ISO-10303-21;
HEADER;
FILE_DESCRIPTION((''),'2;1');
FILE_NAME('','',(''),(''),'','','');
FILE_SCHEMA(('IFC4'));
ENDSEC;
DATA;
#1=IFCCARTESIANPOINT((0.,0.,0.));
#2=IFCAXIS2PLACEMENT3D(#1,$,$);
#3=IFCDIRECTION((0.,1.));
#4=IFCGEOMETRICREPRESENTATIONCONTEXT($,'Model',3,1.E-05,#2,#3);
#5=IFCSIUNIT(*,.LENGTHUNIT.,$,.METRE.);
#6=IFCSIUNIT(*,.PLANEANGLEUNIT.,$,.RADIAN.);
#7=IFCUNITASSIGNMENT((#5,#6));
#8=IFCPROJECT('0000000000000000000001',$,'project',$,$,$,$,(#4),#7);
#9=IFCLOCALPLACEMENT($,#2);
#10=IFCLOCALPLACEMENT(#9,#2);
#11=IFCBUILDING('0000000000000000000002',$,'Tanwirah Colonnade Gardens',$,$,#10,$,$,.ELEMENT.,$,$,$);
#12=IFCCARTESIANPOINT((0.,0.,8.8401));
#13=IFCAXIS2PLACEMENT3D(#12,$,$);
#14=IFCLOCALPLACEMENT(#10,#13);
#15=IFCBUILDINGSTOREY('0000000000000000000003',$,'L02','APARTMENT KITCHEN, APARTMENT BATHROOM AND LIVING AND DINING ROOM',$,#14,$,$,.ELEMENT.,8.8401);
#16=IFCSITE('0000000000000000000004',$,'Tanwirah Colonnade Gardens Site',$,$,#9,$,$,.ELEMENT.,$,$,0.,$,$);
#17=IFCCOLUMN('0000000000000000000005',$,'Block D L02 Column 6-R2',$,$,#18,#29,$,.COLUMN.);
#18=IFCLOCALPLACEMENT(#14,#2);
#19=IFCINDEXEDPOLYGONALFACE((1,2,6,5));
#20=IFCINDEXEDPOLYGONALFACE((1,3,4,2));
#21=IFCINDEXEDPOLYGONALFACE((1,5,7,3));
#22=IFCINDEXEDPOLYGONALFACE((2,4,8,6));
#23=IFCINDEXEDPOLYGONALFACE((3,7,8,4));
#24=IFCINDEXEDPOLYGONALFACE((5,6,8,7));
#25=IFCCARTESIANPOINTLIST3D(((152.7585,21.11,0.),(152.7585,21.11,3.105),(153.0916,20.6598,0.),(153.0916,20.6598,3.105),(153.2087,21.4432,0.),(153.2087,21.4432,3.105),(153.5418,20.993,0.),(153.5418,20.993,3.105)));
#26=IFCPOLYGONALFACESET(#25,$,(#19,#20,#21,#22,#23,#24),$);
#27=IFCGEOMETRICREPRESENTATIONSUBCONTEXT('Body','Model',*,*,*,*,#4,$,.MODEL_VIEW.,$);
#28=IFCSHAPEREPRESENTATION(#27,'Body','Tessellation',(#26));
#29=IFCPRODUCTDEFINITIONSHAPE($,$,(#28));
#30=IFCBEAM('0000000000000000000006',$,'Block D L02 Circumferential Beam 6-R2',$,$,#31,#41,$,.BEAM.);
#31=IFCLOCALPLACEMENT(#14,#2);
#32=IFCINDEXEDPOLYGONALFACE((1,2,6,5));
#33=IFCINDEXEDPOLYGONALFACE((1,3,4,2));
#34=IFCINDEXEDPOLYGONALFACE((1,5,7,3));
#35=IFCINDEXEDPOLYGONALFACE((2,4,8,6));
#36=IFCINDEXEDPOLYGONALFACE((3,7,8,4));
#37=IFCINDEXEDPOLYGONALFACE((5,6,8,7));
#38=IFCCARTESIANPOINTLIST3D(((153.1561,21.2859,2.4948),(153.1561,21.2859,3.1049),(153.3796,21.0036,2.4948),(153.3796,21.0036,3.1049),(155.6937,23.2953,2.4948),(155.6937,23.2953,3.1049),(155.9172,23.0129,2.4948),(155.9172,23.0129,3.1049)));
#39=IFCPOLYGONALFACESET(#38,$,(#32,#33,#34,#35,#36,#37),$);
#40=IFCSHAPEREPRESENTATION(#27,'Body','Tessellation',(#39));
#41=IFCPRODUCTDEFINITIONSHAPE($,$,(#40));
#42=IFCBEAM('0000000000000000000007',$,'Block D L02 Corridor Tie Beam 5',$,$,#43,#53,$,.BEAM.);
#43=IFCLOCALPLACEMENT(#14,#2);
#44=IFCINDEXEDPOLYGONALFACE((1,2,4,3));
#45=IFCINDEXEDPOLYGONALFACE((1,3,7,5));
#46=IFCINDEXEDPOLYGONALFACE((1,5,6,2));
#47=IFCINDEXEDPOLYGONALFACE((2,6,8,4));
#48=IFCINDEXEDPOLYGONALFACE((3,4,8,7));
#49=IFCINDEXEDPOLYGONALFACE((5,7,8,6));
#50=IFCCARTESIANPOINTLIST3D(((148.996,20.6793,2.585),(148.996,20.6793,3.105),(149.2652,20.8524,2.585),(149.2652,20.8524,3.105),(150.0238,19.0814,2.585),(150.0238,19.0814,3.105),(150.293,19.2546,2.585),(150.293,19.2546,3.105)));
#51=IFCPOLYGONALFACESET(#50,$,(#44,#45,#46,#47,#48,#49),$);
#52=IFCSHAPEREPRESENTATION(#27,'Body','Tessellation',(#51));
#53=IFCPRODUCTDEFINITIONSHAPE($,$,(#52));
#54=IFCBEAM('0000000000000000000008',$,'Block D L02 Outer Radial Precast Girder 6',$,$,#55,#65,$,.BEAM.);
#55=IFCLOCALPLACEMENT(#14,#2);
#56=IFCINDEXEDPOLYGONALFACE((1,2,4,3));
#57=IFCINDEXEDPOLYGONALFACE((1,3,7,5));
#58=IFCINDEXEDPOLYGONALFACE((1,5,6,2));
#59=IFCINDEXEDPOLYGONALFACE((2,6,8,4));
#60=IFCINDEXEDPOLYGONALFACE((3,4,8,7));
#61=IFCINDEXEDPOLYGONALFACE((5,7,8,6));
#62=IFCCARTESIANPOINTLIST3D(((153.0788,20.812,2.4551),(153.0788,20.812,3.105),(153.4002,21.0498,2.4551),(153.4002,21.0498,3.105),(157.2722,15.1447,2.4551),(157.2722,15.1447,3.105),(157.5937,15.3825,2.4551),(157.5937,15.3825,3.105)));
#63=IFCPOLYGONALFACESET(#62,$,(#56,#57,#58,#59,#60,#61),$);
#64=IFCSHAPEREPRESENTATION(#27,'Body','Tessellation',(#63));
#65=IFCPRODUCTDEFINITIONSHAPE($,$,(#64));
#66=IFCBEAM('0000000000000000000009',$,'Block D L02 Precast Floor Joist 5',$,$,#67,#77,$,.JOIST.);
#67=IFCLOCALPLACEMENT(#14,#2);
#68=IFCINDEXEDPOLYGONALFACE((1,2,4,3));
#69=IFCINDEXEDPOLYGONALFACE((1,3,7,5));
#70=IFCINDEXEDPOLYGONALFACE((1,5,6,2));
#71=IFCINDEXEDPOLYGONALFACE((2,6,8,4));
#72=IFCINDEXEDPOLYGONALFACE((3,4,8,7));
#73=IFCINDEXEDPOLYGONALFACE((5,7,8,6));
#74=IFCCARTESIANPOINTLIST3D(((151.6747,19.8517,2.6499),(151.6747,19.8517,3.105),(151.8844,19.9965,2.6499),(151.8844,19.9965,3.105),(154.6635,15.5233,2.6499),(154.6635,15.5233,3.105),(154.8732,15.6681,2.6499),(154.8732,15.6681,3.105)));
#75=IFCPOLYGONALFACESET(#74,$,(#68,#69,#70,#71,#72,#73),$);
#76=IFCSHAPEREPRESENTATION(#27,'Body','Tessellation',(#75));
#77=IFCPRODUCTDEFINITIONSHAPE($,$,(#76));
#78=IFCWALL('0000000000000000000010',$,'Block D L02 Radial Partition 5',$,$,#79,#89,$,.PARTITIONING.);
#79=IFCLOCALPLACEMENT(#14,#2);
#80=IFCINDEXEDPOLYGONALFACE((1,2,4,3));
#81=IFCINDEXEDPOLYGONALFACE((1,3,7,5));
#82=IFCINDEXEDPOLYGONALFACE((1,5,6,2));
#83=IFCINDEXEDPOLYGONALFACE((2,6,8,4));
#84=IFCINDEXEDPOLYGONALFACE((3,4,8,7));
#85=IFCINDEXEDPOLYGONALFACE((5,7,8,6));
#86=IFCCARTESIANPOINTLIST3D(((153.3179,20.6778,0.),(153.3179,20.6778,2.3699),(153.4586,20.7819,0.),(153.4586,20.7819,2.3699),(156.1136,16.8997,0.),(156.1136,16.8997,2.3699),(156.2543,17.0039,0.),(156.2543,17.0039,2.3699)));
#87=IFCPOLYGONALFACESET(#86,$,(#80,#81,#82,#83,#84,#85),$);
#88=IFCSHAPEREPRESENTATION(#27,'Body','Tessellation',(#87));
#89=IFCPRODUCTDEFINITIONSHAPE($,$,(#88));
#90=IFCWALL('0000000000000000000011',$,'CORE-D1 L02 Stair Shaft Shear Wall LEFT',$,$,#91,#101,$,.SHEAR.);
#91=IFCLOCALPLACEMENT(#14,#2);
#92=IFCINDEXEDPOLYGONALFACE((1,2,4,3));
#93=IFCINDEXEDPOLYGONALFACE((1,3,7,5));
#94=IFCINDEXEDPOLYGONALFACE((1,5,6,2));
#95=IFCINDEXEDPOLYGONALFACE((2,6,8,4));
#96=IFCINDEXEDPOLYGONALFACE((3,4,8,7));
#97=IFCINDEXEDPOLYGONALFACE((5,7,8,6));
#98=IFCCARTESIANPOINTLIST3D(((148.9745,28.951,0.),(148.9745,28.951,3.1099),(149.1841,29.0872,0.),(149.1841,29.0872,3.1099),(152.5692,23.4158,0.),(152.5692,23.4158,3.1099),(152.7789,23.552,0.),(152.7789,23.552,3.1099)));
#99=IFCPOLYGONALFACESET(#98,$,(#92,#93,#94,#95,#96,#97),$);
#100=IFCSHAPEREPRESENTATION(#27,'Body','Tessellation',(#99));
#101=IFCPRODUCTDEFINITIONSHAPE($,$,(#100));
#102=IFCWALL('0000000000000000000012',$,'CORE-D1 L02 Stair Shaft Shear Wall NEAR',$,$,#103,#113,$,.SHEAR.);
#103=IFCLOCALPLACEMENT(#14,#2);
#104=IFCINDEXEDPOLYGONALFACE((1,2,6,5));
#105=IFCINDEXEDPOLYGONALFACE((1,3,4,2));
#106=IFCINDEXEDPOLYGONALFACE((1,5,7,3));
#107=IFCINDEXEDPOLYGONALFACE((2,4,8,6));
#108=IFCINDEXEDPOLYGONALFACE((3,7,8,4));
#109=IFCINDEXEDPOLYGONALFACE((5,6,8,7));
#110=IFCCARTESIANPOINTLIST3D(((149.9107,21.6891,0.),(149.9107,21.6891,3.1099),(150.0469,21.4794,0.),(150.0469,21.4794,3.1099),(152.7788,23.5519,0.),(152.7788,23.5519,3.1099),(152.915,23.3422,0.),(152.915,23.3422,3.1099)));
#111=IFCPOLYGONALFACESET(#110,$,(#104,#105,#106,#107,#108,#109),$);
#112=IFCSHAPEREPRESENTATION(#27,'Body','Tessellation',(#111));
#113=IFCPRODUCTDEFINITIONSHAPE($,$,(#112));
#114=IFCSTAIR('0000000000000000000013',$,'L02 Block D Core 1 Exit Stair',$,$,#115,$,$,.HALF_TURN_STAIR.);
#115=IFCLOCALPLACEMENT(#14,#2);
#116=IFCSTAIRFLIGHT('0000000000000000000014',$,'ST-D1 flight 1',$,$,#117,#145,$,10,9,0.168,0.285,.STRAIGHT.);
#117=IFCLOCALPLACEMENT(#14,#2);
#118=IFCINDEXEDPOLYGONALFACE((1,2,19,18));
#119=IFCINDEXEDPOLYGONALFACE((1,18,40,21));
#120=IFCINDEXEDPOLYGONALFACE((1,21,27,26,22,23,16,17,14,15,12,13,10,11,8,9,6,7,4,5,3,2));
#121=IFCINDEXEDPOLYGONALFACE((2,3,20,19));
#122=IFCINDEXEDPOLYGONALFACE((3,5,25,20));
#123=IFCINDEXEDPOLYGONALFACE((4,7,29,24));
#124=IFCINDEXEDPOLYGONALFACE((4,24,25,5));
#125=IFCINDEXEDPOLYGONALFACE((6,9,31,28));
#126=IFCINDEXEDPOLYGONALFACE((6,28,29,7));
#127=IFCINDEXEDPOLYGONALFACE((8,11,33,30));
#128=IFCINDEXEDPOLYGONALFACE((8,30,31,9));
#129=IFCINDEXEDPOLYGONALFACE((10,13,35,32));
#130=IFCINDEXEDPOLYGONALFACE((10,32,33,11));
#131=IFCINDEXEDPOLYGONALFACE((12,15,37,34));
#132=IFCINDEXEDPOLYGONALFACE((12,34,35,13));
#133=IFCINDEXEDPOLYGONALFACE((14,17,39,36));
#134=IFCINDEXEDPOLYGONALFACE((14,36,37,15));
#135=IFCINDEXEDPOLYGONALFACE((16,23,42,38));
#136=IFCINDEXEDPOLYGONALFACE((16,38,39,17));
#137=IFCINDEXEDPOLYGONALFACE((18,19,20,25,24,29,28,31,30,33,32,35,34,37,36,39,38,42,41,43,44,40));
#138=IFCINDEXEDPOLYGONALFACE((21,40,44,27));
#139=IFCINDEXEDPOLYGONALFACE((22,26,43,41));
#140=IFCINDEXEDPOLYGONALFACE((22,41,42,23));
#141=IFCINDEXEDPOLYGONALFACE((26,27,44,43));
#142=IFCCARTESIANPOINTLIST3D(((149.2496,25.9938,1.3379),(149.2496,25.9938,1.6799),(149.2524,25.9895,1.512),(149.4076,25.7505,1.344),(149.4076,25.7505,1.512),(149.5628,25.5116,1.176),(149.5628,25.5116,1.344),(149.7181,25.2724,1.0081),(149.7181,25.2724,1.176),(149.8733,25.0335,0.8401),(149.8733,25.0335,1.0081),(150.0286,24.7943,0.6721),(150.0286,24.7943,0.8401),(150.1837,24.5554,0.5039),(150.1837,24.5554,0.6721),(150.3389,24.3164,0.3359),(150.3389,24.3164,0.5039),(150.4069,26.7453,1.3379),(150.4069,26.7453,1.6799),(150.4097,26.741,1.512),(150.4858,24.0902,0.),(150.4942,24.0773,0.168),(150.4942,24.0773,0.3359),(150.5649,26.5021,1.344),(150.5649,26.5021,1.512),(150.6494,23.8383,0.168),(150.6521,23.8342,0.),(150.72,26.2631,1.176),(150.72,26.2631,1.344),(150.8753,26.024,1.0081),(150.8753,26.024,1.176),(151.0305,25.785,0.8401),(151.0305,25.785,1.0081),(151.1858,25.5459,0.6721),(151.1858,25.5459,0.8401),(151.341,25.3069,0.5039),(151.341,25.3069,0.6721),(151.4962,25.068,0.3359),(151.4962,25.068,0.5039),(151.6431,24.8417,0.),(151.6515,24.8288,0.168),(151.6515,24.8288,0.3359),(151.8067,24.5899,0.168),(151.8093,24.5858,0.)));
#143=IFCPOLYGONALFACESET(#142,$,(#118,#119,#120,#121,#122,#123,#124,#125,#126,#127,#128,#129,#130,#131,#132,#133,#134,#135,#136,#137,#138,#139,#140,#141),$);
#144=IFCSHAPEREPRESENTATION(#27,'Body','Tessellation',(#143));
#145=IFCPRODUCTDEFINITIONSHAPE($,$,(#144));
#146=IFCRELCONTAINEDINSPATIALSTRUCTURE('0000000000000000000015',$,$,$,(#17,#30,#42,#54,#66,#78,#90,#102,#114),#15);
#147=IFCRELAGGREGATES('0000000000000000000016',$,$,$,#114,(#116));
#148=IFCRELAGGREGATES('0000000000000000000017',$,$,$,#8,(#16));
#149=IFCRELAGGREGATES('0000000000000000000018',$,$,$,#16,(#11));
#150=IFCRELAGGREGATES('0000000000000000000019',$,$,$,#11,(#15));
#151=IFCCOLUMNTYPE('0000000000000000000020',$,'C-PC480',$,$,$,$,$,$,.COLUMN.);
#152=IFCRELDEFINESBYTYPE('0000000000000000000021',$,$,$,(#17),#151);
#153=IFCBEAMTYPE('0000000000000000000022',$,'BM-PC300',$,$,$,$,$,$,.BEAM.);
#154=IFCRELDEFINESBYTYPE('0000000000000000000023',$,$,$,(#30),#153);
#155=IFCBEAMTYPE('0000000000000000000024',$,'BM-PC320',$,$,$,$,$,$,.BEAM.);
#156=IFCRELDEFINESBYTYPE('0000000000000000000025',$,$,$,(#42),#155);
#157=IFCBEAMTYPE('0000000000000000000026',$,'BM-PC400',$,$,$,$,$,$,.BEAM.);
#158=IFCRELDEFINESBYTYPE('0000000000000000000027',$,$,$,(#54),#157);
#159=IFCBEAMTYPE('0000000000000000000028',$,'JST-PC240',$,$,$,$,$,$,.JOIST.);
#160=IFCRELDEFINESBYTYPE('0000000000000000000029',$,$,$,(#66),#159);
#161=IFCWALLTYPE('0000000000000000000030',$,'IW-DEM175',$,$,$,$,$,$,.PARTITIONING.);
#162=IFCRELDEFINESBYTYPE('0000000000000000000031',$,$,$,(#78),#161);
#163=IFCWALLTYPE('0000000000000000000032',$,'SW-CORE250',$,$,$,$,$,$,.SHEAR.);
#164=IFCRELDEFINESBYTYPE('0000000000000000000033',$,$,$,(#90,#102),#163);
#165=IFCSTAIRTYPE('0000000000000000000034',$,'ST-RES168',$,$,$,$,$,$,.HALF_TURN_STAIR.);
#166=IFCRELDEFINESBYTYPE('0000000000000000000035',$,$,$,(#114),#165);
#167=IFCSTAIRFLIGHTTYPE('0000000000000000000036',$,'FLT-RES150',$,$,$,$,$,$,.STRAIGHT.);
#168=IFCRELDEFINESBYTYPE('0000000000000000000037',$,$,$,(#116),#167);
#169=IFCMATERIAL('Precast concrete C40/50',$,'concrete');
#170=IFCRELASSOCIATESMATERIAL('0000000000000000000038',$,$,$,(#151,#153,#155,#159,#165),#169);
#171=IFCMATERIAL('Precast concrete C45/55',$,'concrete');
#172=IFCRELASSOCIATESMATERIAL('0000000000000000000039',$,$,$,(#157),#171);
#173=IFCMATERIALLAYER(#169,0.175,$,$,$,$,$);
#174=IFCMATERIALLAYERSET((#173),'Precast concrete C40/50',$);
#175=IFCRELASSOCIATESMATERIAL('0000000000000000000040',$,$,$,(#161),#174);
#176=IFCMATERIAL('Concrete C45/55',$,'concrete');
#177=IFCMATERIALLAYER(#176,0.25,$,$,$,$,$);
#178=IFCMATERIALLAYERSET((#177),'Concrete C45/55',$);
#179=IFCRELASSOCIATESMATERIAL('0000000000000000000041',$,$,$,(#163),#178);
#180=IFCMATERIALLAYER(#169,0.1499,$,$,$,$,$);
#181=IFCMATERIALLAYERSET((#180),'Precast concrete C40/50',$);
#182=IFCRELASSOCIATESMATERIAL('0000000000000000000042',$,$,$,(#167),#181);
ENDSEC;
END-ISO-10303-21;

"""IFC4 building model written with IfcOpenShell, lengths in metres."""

from ifc_helpers import new_model, si_unit, direction, frame, frame_2d, origin, origin_2d, place, context, subcontext, project, spatial, polyline, rectangle, outline, extrude, material, layer, layer_set, material_profile, profile_set, type_object, element, aggregate, save


model = new_model("IFC4")

# Units and contexts
model_context = context("Model", 3, precision=1e-05, world=origin(), true_north=direction((0.0, 1.0)))
body_context = subcontext(model_context, "Body", "Model", "MODEL_VIEW")
ifc_project = project(units=[si_unit("LENGTHUNIT", "METRE"), si_unit("PLANEANGLEUNIT", "RADIAN")], contexts=[model_context])

# Site, building, storey
site_placement = place(None, origin())
site = spatial("IfcSite", under=ifc_project, at=site_placement, Name="Tanwirah Colonnade Gardens Site", CompositionType="ELEMENT", RefElevation=0.0)
building_placement = place(site_placement, origin())
building = spatial("IfcBuilding", under=site, at=building_placement, Name="Tanwirah Colonnade Gardens", CompositionType="ELEMENT")
storey_placement = place(building_placement, frame((0.0, 0.0, 8.8401)))
storey = spatial("IfcBuildingStorey", under=building, at=storey_placement, Name="L02", Description="APARTMENT KITCHEN, APARTMENT BATHROOM AND LIVING AND DINING ROOM", CompositionType="ELEMENT", Elevation=8.8401)

# Column
ifc_material_1 = material(Name="Precast concrete C40/50", Category="concrete")
ifc_material_profile_1 = material_profile(ifc_material_1, rectangle(XDim=0.5601, YDim=0.5601, at=origin_2d()), Name="PC-COL 560x560")
ifc_profile_set_1 = profile_set([ifc_material_profile_1], Name="Precast concrete C40/50")
column_type = type_object("IfcColumnType", Name="C-PC480", PredefinedType="COLUMN", material=ifc_profile_set_1)
column_placement = place(storey_placement, frame((153.1501, 21.0515, 0.0), z_axis=(0.0, 0.0, 1.0), x_axis=(0.594823, -0.803857, 0.0)))
element("IfcColumn", 1, at=column_placement, inside=storey, type_object=column_type, Name="Block D L02 Column 6-R2", PredefinedType="COLUMN", context=body_context, shape_type="SweptSolid", body=[
    extrude(rectangle(XDim=0.5601, YDim=0.5601, at=origin_2d()), origin(), (0.0, 0.0, 1.0), 3.105),
])

# Beams
ifc_material_profile_2 = material_profile(ifc_material_1, rectangle(XDim=0.3601, YDim=0.6101, at=origin_2d()), Name="PC-BM 360x610")
ifc_profile_set_2 = profile_set([ifc_material_profile_2], Name="Precast concrete C40/50")
beam_type_1 = type_object("IfcBeamType", Name="BM-PC300", PredefinedType="BEAM", material=ifc_profile_set_2)
beam_1_placement = place(storey_placement, frame((153.2678, 21.1448, 2.7998), z_axis=(0.783994, 0.620769, 0.0), x_axis=(-0.620769, 0.783994, 0.0)))
element("IfcBeam", 2, at=beam_1_placement, inside=storey, type_object=beam_type_1, Name="Block D L02 Circumferential Beam 6-R2", PredefinedType="BEAM", context=body_context, shape_type="SweptSolid", body=[
    extrude(rectangle(XDim=0.3601, YDim=0.6101, at=origin_2d()), origin(), (0.0, 0.0, 1.0), 3.2368),
])
ifc_material_profile_3 = material_profile(ifc_material_1, rectangle(XDim=0.3201, YDim=0.52, at=origin_2d()), Name="PC-BM 320x520")
ifc_profile_set_3 = profile_set([ifc_material_profile_3], Name="Precast concrete C40/50")
beam_type_2 = type_object("IfcBeamType", Name="BM-PC320", PredefinedType="BEAM", material=ifc_profile_set_3)
beam_2_placement = place(storey_placement, frame((149.1306, 20.7659, 2.845), z_axis=(0.540985, -0.841032, 0.0), x_axis=(0.841032, 0.540985, 0.0)))
element("IfcBeam", 3, at=beam_2_placement, inside=storey, type_object=beam_type_2, Name="Block D L02 Corridor Tie Beam 5", PredefinedType="BEAM", context=body_context, shape_type="SweptSolid", body=[
    extrude(rectangle(XDim=0.3201, YDim=0.52, at=origin_2d()), origin(), (0.0, 0.0, 1.0), 1.8999),
])
ifc_material_2 = material(Name="Precast concrete C45/55", Category="concrete")
ifc_material_profile_4 = material_profile(ifc_material_2, rectangle(XDim=0.3999, YDim=0.6499, at=origin_2d()), Name="PC-BM 400x650")
ifc_profile_set_4 = profile_set([ifc_material_profile_4], Name="Precast concrete C45/55")
beam_type_3 = type_object("IfcBeamType", Name="BM-PC400", PredefinedType="BEAM", material=ifc_profile_set_4)
beam_3_placement = place(storey_placement, frame((153.2395, 20.9309, 2.78), z_axis=(0.594807, -0.803869, 0.0), x_axis=(0.803869, 0.594807, 0.0)))
element("IfcBeam", 4, at=beam_3_placement, inside=storey, type_object=beam_type_3, Name="Block D L02 Outer Radial Precast Girder 6", PredefinedType="BEAM", context=body_context, shape_type="SweptSolid", body=[
    extrude(rectangle(XDim=0.3999, YDim=0.6499, at=origin_2d()), origin(), (0.0, 0.0, 1.0), 7.05),
])
ifc_material_profile_5 = material_profile(ifc_material_1, rectangle(XDim=0.2549, YDim=0.4551, at=origin_2d()), Name="PC-JST 255x455")
ifc_profile_set_5 = profile_set([ifc_material_profile_5], Name="Precast concrete C40/50")
beam_type_4 = type_object("IfcBeamType", Name="JST-PC240", PredefinedType="JOIST", material=ifc_profile_set_5)
beam_4_placement = place(storey_placement, frame((151.7795, 19.9241, 2.8774), z_axis=(0.568208, -0.822885, 0.0), x_axis=(0.822885, 0.568208, 0.0)))
element("IfcBeam", 5, at=beam_4_placement, inside=storey, type_object=beam_type_4, Name="Block D L02 Precast Floor Joist 5", PredefinedType="JOIST", context=body_context, shape_type="SweptSolid", body=[
    extrude(rectangle(XDim=0.2549, YDim=0.4551, at=origin_2d()), origin(), (0.0, 0.0, 1.0), 5.26),
])

# Wall
ifc_layer_1 = layer(ifc_material_1, 0.175)
ifc_layer_set_1 = layer_set([ifc_layer_1], Name="Precast concrete C40/50")
wall_type_1 = type_object("IfcWallType", Name="IW-DEM175", PredefinedType="PARTITIONING", material=ifc_layer_set_1)
wall_1_placement = place(storey_placement, frame((153.3882, 20.73, 0.0), z_axis=(0.0, 0.0, 1.0), x_axis=(0.594826, -0.803854, 0.0)))
element("IfcWall", 6, at=wall_1_placement, inside=storey, type_object=wall_type_1, Name="Block D L02 Radial Partition 5", PredefinedType="PARTITIONING", context=body_context, shape_type="SweptSolid", body=[
    extrude(rectangle(XDim=4.7, YDim=0.175, at=frame_2d((2.3501, 0.0))), origin(), (0.0, 0.0, 1.0), 2.3699),
])

# Walls
ifc_material_3 = material(Name="Concrete C45/55", Category="concrete")
ifc_layer_2 = layer(ifc_material_3, 0.25)
ifc_layer_set_2 = layer_set([ifc_layer_2], Name="Concrete C45/55")
wall_type_2 = type_object("IfcWallType", Name="SW-CORE250", PredefinedType="SHEAR", material=ifc_layer_set_2)
wall_2_placement = place(storey_placement, frame((152.6741, 23.4839, 0.0), z_axis=(0.0, 0.0, 1.0), x_axis=(-0.544655, 0.83866, 0.0)))
element("IfcWall", 7, at=wall_2_placement, inside=storey, type_object=wall_type_2, Name="CORE-D1 L02 Stair Shaft Shear Wall LEFT", PredefinedType="SHEAR", context=body_context, shape_type="SweptSolid", body=[
    extrude(rectangle(XDim=6.6001, YDim=0.25, at=frame_2d((3.3, 0.0))), origin(), (0.0, 0.0, 1.0), 3.1099),
])
wall_3_placement = place(storey_placement, frame((152.8469, 23.447, 0.0), z_axis=(0.0, 0.0, 1.0), x_axis=(-0.838646, -0.544677, 0.0)))
element("IfcWall", 8, at=wall_3_placement, inside=storey, type_object=wall_type_2, Name="CORE-D1 L02 Stair Shaft Shear Wall NEAR", PredefinedType="SHEAR", context=body_context, shape_type="SweptSolid", body=[
    extrude(rectangle(XDim=3.4199, YDim=0.25, at=frame_2d((1.71, 0.0))), origin(), (0.0, 0.0, 1.0), 3.1099),
])

# Stair, stair flight
stair_type = type_object("IfcStairType", Name="ST-RES168", PredefinedType="HALF_TURN_STAIR", material=ifc_material_1)
stair_placement = place(storey_placement, origin())
stair = element("IfcStair", 9, at=stair_placement, inside=storey, type_object=stair_type, Name="L02 Block D Core 1 Exit Stair", PredefinedType="HALF_TURN_STAIR")
ifc_layer_3 = layer(ifc_material_1, 0.1499)
ifc_layer_set_3 = layer_set([ifc_layer_3], Name="Precast concrete C40/50")
stair_flight_type = type_object("IfcStairFlightType", Name="FLT-RES150", PredefinedType="STRAIGHT", material=ifc_layer_set_3)
stair_flight_placement = place(storey_placement, frame((151.228, 24.2141, 0.0), z_axis=(0.0, 0.0, 1.0), x_axis=(-0.544639, 0.838671, 0.0)))
stair_flight = element("IfcStairFlight", 10, at=stair_flight_placement, type_object=stair_flight_type, Name="ST-D1 flight 1", NumberOfRisers=10, NumberOfTreads=9, PredefinedType="STRAIGHT", RiserHeight=0.168, TreadLength=0.285, context=body_context, shape_type="SweptSolid", body=[
    extrude(outline(polyline([(-0.0049, 0.0), (0.0, 0.168), (0.2849, 0.168), (0.2849, 0.3359), (0.5701, 0.3359), (0.5701, 0.5039), (0.855, 0.5039), (0.855, 0.6721), (1.1399, 0.6721), (1.1399, 0.8401), (1.425, 0.8401), (1.425, 1.0081), (1.71, 1.0081), (1.71, 1.176), (1.9951, 1.176), (1.9951, 1.344), (2.28, 1.344), (2.28, 1.512), (2.5649, 1.512), (2.5701, 1.6799), (2.5701, 1.3379), (0.3003, 0.0), (-0.0049, 0.0)])), frame((0.0, 0.6899, 0.0), z_axis=(0.0, -1.0, 0.0), x_axis=(1.0, 0.0, 0.0)), (0.0, 0.0, 1.0), 1.3799),
])
aggregate(stair, [stair_flight])

save(model, "model.ifc")
